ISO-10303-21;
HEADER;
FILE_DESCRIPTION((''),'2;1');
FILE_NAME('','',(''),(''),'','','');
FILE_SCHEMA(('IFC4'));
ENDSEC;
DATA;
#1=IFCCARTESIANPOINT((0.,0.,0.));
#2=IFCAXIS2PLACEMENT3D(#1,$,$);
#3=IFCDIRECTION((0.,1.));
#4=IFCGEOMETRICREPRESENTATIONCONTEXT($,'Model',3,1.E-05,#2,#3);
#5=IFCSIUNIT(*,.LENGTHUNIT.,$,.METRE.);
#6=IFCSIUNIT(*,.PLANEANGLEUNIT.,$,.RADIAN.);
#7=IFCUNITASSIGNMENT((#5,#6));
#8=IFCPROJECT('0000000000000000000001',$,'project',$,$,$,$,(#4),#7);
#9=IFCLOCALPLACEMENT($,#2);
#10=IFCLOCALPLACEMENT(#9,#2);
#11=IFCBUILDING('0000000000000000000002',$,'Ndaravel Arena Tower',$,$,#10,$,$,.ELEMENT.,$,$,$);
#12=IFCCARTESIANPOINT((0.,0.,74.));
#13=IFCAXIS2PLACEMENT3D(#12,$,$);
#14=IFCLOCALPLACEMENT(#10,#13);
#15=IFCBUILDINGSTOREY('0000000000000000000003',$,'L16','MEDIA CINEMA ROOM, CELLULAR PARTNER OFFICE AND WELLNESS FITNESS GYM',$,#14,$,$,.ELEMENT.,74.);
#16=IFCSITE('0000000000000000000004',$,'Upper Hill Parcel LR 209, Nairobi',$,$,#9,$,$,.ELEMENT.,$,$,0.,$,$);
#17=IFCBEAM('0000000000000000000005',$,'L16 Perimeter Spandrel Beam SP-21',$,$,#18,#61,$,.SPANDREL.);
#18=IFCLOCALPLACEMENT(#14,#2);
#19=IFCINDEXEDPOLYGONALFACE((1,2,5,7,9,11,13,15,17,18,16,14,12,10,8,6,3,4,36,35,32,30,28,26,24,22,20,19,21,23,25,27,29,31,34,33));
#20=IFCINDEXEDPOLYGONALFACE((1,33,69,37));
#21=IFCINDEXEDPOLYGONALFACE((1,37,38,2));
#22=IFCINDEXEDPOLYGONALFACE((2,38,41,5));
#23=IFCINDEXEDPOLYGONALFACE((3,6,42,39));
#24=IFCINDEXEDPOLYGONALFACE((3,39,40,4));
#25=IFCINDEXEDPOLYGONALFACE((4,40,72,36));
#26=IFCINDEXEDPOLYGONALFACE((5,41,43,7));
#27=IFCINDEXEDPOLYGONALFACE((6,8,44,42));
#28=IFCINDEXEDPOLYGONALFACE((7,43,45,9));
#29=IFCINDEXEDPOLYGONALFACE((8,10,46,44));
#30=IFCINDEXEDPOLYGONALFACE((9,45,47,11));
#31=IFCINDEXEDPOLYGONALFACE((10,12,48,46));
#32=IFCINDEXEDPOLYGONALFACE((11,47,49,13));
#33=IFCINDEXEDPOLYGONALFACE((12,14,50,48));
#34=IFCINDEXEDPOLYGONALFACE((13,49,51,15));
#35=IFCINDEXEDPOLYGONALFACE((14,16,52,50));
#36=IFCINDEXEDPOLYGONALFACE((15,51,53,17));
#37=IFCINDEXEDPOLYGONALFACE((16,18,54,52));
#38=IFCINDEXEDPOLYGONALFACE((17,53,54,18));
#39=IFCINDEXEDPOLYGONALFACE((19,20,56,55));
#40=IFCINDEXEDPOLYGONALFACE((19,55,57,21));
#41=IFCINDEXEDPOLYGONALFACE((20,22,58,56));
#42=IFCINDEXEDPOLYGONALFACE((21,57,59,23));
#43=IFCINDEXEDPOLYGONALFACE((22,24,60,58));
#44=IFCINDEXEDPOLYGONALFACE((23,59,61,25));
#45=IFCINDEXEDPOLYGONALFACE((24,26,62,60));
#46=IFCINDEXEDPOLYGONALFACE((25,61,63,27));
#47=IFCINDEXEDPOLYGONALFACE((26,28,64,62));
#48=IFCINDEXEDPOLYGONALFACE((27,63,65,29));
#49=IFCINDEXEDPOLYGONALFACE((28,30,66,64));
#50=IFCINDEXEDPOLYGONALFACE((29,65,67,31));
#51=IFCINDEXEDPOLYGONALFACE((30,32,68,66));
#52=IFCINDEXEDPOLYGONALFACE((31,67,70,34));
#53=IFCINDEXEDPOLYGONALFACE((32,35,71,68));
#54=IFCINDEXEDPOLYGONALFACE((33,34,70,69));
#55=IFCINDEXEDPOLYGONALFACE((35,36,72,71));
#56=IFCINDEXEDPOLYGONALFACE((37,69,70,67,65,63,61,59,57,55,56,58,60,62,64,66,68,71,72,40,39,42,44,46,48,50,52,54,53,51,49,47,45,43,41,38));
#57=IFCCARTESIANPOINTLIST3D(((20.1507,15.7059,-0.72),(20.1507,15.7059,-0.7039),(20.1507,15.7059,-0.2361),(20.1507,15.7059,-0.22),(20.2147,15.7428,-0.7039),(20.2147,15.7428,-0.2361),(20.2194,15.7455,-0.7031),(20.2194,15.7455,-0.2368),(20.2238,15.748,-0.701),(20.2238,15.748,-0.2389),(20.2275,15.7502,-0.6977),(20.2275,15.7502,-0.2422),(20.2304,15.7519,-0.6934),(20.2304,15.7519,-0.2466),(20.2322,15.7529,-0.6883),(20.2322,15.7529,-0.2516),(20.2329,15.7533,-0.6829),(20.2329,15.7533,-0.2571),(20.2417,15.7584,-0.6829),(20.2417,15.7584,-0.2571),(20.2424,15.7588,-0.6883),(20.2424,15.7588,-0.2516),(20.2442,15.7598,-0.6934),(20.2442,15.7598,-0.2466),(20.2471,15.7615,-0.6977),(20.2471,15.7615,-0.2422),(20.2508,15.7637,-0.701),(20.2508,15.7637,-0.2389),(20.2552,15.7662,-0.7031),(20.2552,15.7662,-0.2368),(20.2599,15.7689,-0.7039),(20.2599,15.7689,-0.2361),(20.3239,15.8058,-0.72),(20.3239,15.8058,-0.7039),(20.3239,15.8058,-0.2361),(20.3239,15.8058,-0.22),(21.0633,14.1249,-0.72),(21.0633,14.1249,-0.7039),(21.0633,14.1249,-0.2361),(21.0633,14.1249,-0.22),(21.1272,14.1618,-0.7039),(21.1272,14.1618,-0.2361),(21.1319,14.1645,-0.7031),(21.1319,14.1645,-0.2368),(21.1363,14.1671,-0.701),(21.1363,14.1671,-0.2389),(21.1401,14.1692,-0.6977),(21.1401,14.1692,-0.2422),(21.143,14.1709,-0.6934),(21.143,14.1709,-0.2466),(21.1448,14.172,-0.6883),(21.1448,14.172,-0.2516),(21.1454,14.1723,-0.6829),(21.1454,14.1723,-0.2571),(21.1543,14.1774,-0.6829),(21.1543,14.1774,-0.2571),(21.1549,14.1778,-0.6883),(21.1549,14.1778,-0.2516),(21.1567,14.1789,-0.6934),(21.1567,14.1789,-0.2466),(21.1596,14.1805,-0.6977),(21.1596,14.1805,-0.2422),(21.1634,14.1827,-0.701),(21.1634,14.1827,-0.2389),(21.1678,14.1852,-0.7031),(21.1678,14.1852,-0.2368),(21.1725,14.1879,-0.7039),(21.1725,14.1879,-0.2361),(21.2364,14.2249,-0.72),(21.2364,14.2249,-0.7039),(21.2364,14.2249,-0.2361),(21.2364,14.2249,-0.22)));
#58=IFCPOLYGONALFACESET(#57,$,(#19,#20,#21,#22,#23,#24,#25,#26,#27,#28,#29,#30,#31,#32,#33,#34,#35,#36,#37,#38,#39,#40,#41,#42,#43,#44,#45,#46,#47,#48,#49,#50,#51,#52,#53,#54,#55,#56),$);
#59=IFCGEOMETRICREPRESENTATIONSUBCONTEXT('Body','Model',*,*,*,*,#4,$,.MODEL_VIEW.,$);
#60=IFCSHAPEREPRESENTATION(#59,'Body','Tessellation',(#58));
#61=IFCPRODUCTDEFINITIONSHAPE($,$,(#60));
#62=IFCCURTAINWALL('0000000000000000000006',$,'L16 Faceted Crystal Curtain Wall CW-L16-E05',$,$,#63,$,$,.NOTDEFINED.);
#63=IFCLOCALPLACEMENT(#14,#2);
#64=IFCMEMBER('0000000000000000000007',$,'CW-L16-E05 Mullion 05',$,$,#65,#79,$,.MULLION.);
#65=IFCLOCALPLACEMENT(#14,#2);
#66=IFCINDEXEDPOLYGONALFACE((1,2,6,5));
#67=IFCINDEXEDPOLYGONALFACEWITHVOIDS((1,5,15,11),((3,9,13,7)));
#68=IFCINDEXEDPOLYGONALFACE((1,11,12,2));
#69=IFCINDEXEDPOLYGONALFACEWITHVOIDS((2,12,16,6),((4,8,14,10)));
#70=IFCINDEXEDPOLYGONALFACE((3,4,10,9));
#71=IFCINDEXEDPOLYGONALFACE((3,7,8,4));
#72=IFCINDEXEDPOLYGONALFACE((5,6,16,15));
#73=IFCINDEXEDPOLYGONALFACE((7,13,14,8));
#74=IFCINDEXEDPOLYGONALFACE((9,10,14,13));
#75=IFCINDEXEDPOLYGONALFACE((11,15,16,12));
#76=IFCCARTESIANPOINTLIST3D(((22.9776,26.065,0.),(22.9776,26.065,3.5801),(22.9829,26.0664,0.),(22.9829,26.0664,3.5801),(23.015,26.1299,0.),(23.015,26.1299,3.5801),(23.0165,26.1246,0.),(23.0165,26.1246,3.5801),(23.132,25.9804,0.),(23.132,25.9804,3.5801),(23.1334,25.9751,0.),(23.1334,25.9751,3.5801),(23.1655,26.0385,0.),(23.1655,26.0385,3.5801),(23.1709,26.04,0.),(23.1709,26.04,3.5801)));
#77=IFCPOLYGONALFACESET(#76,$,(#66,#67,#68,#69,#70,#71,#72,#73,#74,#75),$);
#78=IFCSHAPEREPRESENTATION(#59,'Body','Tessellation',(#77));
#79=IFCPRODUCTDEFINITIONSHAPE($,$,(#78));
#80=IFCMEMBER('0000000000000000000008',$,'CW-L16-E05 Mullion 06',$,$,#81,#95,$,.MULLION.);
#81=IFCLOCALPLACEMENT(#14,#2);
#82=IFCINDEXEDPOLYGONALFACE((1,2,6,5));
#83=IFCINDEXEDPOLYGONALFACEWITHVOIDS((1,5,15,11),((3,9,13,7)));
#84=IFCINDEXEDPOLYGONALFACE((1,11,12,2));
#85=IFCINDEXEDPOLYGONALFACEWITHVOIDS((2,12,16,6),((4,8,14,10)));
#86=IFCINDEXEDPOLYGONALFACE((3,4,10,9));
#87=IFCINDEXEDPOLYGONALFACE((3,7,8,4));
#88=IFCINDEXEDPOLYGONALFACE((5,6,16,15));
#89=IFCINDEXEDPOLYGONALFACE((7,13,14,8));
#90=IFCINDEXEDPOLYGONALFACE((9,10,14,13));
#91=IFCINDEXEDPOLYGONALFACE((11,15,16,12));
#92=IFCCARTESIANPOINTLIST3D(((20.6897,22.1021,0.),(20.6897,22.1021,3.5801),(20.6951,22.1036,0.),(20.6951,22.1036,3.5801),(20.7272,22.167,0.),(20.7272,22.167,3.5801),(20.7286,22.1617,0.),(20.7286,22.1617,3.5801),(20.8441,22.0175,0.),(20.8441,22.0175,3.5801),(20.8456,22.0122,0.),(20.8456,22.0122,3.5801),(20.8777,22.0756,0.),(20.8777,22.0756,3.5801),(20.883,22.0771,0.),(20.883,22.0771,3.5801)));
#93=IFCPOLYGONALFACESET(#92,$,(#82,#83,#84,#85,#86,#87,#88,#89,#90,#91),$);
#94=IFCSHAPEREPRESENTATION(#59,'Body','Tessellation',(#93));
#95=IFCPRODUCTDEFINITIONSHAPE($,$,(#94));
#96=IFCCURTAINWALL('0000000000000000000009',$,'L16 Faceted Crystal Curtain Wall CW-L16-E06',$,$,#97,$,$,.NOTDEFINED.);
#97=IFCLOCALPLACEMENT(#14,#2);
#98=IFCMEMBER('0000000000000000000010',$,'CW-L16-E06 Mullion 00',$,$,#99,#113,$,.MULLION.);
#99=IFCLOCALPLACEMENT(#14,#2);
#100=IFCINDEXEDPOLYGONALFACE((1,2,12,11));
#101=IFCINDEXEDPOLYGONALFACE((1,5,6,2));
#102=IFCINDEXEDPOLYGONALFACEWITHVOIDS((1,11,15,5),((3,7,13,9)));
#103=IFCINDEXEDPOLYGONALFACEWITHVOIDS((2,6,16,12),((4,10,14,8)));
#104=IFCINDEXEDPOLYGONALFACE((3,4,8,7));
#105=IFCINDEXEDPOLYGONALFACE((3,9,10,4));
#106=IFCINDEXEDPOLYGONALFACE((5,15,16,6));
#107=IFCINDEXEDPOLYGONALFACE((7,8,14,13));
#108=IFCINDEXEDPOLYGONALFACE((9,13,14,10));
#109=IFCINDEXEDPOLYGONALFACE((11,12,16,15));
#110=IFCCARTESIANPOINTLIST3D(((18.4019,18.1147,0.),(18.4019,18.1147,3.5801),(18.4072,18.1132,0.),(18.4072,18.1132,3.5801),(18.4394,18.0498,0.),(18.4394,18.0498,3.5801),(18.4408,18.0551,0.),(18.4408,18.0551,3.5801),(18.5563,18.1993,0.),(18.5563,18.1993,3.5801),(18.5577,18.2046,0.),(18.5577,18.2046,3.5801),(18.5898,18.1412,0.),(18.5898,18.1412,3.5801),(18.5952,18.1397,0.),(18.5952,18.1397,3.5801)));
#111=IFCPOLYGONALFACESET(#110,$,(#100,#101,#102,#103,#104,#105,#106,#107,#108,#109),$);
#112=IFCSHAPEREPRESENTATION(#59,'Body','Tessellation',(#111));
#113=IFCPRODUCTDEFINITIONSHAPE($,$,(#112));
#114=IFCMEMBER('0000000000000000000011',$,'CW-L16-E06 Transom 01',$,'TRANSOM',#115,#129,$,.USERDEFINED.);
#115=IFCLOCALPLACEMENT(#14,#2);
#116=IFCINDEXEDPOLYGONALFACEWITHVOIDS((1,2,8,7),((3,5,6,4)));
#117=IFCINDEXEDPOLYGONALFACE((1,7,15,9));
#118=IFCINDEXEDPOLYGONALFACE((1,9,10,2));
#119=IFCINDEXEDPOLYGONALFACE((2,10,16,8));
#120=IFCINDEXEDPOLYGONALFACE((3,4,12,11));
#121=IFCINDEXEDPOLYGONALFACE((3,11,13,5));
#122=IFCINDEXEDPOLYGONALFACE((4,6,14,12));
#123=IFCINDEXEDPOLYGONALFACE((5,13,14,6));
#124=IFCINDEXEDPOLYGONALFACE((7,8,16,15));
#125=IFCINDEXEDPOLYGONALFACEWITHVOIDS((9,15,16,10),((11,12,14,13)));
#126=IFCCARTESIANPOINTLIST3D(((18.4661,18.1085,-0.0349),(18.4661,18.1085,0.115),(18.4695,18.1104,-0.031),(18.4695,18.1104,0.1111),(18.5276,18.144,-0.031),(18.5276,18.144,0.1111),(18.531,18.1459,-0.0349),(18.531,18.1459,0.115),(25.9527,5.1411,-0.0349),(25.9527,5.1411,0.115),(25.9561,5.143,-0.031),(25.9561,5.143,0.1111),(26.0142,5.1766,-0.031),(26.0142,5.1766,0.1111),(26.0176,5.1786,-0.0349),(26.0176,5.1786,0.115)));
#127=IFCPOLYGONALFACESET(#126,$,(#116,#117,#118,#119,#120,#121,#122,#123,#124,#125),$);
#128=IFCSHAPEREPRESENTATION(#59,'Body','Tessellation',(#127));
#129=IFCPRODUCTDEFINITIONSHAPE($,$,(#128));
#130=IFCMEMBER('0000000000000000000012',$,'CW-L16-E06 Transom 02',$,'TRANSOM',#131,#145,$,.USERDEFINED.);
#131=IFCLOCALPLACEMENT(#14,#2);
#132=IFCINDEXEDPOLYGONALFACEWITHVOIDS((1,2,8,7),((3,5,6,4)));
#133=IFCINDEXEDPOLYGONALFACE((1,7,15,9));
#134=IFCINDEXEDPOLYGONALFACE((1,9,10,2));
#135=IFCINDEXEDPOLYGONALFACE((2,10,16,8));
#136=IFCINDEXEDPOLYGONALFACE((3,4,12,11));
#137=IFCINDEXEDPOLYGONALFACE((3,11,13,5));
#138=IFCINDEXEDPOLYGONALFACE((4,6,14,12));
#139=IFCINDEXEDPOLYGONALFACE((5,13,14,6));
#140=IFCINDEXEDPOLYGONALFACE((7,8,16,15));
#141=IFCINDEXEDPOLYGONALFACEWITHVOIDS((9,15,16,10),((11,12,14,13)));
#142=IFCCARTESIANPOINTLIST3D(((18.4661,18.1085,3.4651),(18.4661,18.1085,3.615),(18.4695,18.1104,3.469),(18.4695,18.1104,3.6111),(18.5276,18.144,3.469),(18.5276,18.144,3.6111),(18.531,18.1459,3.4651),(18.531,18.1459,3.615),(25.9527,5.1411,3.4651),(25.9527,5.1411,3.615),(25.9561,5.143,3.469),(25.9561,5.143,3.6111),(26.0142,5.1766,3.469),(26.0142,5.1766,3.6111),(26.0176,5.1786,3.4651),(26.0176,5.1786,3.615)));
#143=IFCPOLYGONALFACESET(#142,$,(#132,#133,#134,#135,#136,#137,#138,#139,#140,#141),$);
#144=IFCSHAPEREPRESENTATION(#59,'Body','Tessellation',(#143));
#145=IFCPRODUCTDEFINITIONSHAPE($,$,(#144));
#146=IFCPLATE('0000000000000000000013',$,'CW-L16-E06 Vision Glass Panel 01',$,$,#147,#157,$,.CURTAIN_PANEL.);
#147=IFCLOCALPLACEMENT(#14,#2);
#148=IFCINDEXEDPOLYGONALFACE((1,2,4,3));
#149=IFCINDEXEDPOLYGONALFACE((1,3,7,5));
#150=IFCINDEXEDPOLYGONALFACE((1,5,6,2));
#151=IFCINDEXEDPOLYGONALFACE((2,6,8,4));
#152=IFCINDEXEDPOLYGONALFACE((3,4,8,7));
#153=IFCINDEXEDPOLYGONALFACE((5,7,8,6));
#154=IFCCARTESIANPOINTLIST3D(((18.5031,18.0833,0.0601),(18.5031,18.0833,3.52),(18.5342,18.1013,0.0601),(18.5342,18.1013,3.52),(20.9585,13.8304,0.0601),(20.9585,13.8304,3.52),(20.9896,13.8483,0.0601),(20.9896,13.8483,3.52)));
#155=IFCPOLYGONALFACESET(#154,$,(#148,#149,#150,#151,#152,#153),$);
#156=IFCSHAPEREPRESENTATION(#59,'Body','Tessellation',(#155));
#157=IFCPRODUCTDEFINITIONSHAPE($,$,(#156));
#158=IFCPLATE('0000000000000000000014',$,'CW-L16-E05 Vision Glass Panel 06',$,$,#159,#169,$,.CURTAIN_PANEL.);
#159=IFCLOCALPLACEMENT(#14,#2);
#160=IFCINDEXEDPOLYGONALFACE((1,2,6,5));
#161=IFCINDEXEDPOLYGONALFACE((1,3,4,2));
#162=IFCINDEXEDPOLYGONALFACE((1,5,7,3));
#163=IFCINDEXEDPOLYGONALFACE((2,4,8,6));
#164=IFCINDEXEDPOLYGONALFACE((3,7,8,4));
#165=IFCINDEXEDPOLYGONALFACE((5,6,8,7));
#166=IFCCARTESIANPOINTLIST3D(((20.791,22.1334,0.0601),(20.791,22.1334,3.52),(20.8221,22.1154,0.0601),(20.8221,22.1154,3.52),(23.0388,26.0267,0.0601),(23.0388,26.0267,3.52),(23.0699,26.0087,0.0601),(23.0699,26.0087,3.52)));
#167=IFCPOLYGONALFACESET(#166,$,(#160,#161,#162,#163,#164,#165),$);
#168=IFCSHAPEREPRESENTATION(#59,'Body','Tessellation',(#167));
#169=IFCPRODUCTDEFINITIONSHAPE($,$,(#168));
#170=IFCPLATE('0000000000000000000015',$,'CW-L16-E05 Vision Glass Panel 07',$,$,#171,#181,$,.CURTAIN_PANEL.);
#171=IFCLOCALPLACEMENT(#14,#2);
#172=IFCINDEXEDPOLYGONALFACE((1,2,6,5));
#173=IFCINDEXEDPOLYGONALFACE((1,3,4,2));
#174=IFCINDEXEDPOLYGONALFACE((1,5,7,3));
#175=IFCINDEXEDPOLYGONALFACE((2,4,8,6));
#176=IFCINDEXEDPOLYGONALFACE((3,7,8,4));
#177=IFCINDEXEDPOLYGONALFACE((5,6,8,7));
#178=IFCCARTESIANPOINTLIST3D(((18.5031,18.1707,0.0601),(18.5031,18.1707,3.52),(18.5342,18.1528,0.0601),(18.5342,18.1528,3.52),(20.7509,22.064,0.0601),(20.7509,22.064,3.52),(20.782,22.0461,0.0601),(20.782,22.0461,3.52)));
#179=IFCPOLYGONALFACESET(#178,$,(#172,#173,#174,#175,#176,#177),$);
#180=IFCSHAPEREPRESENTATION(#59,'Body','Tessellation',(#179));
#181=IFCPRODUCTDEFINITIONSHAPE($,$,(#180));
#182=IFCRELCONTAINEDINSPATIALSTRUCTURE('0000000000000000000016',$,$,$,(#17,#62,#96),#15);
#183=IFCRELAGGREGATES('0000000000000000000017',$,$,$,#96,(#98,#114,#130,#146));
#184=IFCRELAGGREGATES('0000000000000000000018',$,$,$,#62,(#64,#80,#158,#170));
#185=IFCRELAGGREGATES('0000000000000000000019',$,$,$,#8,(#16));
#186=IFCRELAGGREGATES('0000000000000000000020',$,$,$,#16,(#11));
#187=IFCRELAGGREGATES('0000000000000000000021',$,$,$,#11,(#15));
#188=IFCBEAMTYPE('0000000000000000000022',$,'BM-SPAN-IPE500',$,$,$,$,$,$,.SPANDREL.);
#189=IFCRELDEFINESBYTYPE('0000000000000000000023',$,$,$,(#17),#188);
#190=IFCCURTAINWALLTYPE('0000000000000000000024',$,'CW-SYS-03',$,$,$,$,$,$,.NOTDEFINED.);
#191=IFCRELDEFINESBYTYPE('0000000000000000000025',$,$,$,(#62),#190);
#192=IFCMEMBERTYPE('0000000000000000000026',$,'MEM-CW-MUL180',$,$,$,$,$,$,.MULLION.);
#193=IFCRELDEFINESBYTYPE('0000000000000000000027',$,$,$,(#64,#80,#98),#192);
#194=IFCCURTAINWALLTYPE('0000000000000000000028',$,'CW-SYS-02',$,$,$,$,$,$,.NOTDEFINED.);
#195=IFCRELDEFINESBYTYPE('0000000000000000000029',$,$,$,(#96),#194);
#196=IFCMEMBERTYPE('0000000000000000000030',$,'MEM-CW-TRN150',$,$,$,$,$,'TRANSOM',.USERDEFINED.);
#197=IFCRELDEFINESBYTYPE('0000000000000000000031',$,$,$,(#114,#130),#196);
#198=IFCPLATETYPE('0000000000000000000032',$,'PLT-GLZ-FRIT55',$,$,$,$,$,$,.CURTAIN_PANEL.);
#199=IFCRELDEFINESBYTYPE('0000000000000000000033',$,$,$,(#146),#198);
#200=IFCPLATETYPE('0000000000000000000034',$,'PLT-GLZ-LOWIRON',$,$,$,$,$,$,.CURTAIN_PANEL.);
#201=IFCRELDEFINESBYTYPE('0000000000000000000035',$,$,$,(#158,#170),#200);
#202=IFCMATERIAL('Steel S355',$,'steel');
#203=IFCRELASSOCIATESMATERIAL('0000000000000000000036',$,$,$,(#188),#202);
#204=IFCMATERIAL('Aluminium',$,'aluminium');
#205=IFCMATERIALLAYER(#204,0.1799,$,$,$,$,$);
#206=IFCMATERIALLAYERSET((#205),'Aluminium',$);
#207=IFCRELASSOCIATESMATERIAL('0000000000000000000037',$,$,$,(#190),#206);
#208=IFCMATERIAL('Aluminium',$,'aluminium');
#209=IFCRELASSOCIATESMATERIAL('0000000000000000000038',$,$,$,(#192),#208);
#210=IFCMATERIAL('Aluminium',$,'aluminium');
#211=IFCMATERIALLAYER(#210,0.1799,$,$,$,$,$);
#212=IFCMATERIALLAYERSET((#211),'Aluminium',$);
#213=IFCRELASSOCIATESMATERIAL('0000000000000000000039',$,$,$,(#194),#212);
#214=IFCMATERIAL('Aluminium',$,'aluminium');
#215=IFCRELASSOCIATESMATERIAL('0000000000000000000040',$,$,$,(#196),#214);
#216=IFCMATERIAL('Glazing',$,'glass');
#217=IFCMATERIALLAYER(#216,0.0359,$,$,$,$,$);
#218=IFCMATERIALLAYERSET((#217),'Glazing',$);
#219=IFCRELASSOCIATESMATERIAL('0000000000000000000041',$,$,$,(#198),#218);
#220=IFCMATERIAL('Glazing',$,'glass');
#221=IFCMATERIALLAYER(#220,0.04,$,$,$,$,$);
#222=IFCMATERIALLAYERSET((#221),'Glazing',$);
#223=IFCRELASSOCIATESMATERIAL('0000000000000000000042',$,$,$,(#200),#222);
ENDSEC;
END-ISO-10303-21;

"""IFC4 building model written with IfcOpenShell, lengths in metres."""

from ifc_helpers import new_model, si_unit, direction, frame, origin, origin_2d, place, context, subcontext, project, spatial, rectangle, hollow_rectangle, i_section, extrude, material, layer, layer_set, material_profile, profile_set, type_object, element, aggregate, save


model = new_model("IFC4")

# Units and contexts
model_context = context("Model", 3, precision=1e-05, world=origin(), true_north=direction((0.0, 1.0)))
body_context = subcontext(model_context, "Body", "Model", "MODEL_VIEW")
ifc_project = project(units=[si_unit("LENGTHUNIT", "METRE"), si_unit("PLANEANGLEUNIT", "RADIAN")], contexts=[model_context])

# Site, building, storey
site_placement = place(None, origin())
site = spatial("IfcSite", under=ifc_project, at=site_placement, Name="Upper Hill Parcel LR 209, Nairobi", CompositionType="ELEMENT", RefElevation=0.0)
building_placement = place(site_placement, origin())
building = spatial("IfcBuilding", under=site, at=building_placement, Name="Ndaravel Arena Tower", CompositionType="ELEMENT")
storey_placement = place(building_placement, frame((0.0, 0.0, 74.0)))
storey = spatial("IfcBuildingStorey", under=building, at=storey_placement, Name="L16", Description="MEDIA CINEMA ROOM, CELLULAR PARTNER OFFICE AND WELLNESS FITNESS GYM", CompositionType="ELEMENT", Elevation=74.0)

# Beam
ifc_material_1 = material(Name="Steel S355", Category="steel")
ifc_material_profile_1 = material_profile(ifc_material_1, i_section(OverallWidth=0.2, OverallDepth=0.5, WebThickness=0.0103, FlangeThickness=0.0161, FilletRadius=0.021, at=origin_2d()), Name="IPE 500")
ifc_profile_set_1 = profile_set([ifc_material_profile_1], Name="Steel S355")
beam_type_1 = type_object("IfcBeamType", Name="BM-SPAN-IPE500", PredefinedType="SPANDREL", material=ifc_profile_set_1)
for number, where, z_axis, x_axis, name in (
    (1, (20.2373, 15.7559, -0.47), (0.499908, -0.866079, 0.0), (0.866079, 0.499908, 0.0), "L16 Perimeter Spandrel Beam SP-21"),
):
    element("IfcBeam", number, at=place(storey_placement, frame(where, z_axis=z_axis, x_axis=x_axis)), inside=storey, type_object=beam_type_1, Name=name, PredefinedType="SPANDREL", context=body_context, shape_type="SweptSolid", body=[
        extrude(i_section(OverallWidth=0.2, OverallDepth=0.5, WebThickness=0.0103, FlangeThickness=0.0161, FilletRadius=0.021, at=origin_2d()), origin(), (0.0, 0.0, 1.0), 1.8254),
    ])

# Curtain wall, members
ifc_material_2 = material(Name="Aluminium", Category="aluminium")
ifc_layer_1 = layer(ifc_material_2, 0.1799)
ifc_layer_set_1 = layer_set([ifc_layer_1], Name="Aluminium")
curtain_wall_type_1 = type_object("IfcCurtainWallType", Name="CW-SYS-03", PredefinedType="NOTDEFINED", material=ifc_layer_set_1)
curtain_wall_1_placement = place(storey_placement, origin())
curtain_wall_1 = element("IfcCurtainWall", 2, at=curtain_wall_1_placement, inside=storey, type_object=curtain_wall_type_1, Name="L16 Faceted Crystal Curtain Wall CW-L16-E05", PredefinedType="NOTDEFINED")
ifc_material_3 = material(Name="Aluminium", Category="aluminium")
ifc_material_profile_2 = material_profile(ifc_material_3, hollow_rectangle(XDim=0.075, YDim=0.1799, WallThickness=0.0039, at=origin_2d()), Name="CW MULLION 75x180x4")
ifc_profile_set_2 = profile_set([ifc_material_profile_2], Name="Aluminium")
member_type_1 = type_object("IfcMemberType", Name="MEM-CW-MUL180", PredefinedType="MULLION", material=ifc_profile_set_2)
member_1_placement = place(storey_placement, frame((23.0742, 26.0525, 0.0), z_axis=(0.0, 0.0, 1.0), x_axis=(-0.5, -0.866025, 0.0)))
member_1 = element("IfcMember", 3, at=member_1_placement, type_object=member_type_1, Name="CW-L16-E05 Mullion 05", PredefinedType="MULLION", context=body_context, shape_type="SweptSolid", body=[
    extrude(hollow_rectangle(XDim=0.075, YDim=0.1799, WallThickness=0.0039, at=origin_2d()), origin(), (0.0, 0.0, 1.0), 3.5801),
])
member_2_placement = place(storey_placement, frame((20.7864, 22.0896, 0.0), z_axis=(0.0, 0.0, 1.0), x_axis=(-0.5, -0.866025, 0.0)))
member_2 = element("IfcMember", 4, at=member_2_placement, type_object=member_type_1, Name="CW-L16-E05 Mullion 06", PredefinedType="MULLION", context=body_context, shape_type="SweptSolid", body=[
    extrude(hollow_rectangle(XDim=0.075, YDim=0.1799, WallThickness=0.0039, at=origin_2d()), origin(), (0.0, 0.0, 1.0), 3.5801),
])

# Curtain wall, members, plate
ifc_material_4 = material(Name="Aluminium", Category="aluminium")
ifc_layer_2 = layer(ifc_material_4, 0.1799)
ifc_layer_set_2 = layer_set([ifc_layer_2], Name="Aluminium")
curtain_wall_type_2 = type_object("IfcCurtainWallType", Name="CW-SYS-02", PredefinedType="NOTDEFINED", material=ifc_layer_set_2)
curtain_wall_2_placement = place(storey_placement, origin())
curtain_wall_2 = element("IfcCurtainWall", 5, at=curtain_wall_2_placement, inside=storey, type_object=curtain_wall_type_2, Name="L16 Faceted Crystal Curtain Wall CW-L16-E06", PredefinedType="NOTDEFINED")
member_3_placement = place(storey_placement, frame((18.4985, 18.1272, 0.0), z_axis=(0.0, 0.0, 1.0), x_axis=(0.5, -0.866025, 0.0)))
member_3 = element("IfcMember", 6, at=member_3_placement, type_object=member_type_1, Name="CW-L16-E06 Mullion 00", PredefinedType="MULLION", context=body_context, shape_type="SweptSolid", body=[
    extrude(hollow_rectangle(XDim=0.075, YDim=0.1799, WallThickness=0.0039, at=origin_2d()), origin(), (0.0, 0.0, 1.0), 3.5801),
])
ifc_material_5 = material(Name="Aluminium", Category="aluminium")
ifc_material_profile_3 = material_profile(ifc_material_5, hollow_rectangle(XDim=0.075, YDim=0.1499, WallThickness=0.0039, at=origin_2d()), Name="CW TRANSOM 75x150x4")
ifc_profile_set_3 = profile_set([ifc_material_profile_3], Name="Aluminium")
member_type_2 = type_object("IfcMemberType", Name="MEM-CW-TRN150", ElementType="TRANSOM", PredefinedType="USERDEFINED", material=ifc_profile_set_3)
member_4_placement = place(storey_placement, frame((18.4985, 18.1272, 0.04), z_axis=(0.499995, -0.866028, 0.0), x_axis=(0.866028, 0.499995, 0.0)))
member_4 = element("IfcMember", 7, at=member_4_placement, type_object=member_type_2, Name="CW-L16-E06 Transom 01", ObjectType="TRANSOM", PredefinedType="USERDEFINED", context=body_context, shape_type="SweptSolid", body=[
    extrude(hollow_rectangle(XDim=0.075, YDim=0.1499, WallThickness=0.0039, at=origin_2d()), origin(), (0.0, 0.0, 1.0), 14.9734),
])
member_5_placement = place(storey_placement, frame((18.4985, 18.1272, 3.54), z_axis=(0.499995, -0.866028, 0.0), x_axis=(0.866028, 0.499995, 0.0)))
member_5 = element("IfcMember", 8, at=member_5_placement, type_object=member_type_2, Name="CW-L16-E06 Transom 02", ObjectType="TRANSOM", PredefinedType="USERDEFINED", context=body_context, shape_type="SweptSolid", body=[
    extrude(hollow_rectangle(XDim=0.075, YDim=0.1499, WallThickness=0.0039, at=origin_2d()), origin(), (0.0, 0.0, 1.0), 14.9734),
])
ifc_material_6 = material(Name="Glazing", Category="glass")
ifc_layer_3 = layer(ifc_material_6, 0.0359)
ifc_layer_set_3 = layer_set([ifc_layer_3], Name="Glazing")
plate_type_1 = type_object("IfcPlateType", Name="PLT-GLZ-FRIT55", PredefinedType="CURTAIN_PANEL", material=ifc_layer_set_3)
plate_1_placement = place(storey_placement, frame((19.7463, 15.9658, 0.0601), z_axis=(0.0, 0.0, 1.0), x_axis=(0.5, -0.866025, 0.0)))
plate_1 = element("IfcPlate", 9, at=plate_1_placement, type_object=plate_type_1, Name="CW-L16-E06 Vision Glass Panel 01", PredefinedType="CURTAIN_PANEL", context=body_context, shape_type="SweptSolid", body=[
    extrude(rectangle(XDim=4.9109, YDim=0.0359, at=origin_2d()), origin(), (0.0, 0.0, 1.0), 3.46),
])
aggregate(curtain_wall_2, [member_3, member_4, member_5, plate_1])

# Plates
ifc_material_7 = material(Name="Glazing", Category="glass")
ifc_layer_4 = layer(ifc_material_7, 0.04)
ifc_layer_set_4 = layer_set([ifc_layer_4], Name="Glazing")
plate_type_2 = type_object("IfcPlateType", Name="PLT-GLZ-LOWIRON", PredefinedType="CURTAIN_PANEL", material=ifc_layer_set_4)
plate_2_placement = place(storey_placement, frame((21.9304, 24.071, 0.0601), z_axis=(0.0, 0.0, 1.0), x_axis=(-0.5, -0.866025, 0.0)))
plate_2 = element("IfcPlate", 10, at=plate_2_placement, type_object=plate_type_2, Name="CW-L16-E05 Vision Glass Panel 06", PredefinedType="CURTAIN_PANEL", context=body_context, shape_type="SweptSolid", body=[
    extrude(rectangle(XDim=4.4956, YDim=0.0359, at=origin_2d()), origin(), (0.0, 0.0, 1.0), 3.46),
])
plate_3_placement = place(storey_placement, frame((19.6426, 20.1084, 0.0601), z_axis=(0.0, 0.0, 1.0), x_axis=(-0.5, -0.866025, 0.0)))
plate_3 = element("IfcPlate", 11, at=plate_3_placement, type_object=plate_type_2, Name="CW-L16-E05 Vision Glass Panel 07", PredefinedType="CURTAIN_PANEL", context=body_context, shape_type="SweptSolid", body=[
    extrude(rectangle(XDim=4.4956, YDim=0.0359, at=origin_2d()), origin(), (0.0, 0.0, 1.0), 3.46),
])
aggregate(curtain_wall_1, [member_1, member_2, plate_2, plate_3])

save(model, "model.ifc")
